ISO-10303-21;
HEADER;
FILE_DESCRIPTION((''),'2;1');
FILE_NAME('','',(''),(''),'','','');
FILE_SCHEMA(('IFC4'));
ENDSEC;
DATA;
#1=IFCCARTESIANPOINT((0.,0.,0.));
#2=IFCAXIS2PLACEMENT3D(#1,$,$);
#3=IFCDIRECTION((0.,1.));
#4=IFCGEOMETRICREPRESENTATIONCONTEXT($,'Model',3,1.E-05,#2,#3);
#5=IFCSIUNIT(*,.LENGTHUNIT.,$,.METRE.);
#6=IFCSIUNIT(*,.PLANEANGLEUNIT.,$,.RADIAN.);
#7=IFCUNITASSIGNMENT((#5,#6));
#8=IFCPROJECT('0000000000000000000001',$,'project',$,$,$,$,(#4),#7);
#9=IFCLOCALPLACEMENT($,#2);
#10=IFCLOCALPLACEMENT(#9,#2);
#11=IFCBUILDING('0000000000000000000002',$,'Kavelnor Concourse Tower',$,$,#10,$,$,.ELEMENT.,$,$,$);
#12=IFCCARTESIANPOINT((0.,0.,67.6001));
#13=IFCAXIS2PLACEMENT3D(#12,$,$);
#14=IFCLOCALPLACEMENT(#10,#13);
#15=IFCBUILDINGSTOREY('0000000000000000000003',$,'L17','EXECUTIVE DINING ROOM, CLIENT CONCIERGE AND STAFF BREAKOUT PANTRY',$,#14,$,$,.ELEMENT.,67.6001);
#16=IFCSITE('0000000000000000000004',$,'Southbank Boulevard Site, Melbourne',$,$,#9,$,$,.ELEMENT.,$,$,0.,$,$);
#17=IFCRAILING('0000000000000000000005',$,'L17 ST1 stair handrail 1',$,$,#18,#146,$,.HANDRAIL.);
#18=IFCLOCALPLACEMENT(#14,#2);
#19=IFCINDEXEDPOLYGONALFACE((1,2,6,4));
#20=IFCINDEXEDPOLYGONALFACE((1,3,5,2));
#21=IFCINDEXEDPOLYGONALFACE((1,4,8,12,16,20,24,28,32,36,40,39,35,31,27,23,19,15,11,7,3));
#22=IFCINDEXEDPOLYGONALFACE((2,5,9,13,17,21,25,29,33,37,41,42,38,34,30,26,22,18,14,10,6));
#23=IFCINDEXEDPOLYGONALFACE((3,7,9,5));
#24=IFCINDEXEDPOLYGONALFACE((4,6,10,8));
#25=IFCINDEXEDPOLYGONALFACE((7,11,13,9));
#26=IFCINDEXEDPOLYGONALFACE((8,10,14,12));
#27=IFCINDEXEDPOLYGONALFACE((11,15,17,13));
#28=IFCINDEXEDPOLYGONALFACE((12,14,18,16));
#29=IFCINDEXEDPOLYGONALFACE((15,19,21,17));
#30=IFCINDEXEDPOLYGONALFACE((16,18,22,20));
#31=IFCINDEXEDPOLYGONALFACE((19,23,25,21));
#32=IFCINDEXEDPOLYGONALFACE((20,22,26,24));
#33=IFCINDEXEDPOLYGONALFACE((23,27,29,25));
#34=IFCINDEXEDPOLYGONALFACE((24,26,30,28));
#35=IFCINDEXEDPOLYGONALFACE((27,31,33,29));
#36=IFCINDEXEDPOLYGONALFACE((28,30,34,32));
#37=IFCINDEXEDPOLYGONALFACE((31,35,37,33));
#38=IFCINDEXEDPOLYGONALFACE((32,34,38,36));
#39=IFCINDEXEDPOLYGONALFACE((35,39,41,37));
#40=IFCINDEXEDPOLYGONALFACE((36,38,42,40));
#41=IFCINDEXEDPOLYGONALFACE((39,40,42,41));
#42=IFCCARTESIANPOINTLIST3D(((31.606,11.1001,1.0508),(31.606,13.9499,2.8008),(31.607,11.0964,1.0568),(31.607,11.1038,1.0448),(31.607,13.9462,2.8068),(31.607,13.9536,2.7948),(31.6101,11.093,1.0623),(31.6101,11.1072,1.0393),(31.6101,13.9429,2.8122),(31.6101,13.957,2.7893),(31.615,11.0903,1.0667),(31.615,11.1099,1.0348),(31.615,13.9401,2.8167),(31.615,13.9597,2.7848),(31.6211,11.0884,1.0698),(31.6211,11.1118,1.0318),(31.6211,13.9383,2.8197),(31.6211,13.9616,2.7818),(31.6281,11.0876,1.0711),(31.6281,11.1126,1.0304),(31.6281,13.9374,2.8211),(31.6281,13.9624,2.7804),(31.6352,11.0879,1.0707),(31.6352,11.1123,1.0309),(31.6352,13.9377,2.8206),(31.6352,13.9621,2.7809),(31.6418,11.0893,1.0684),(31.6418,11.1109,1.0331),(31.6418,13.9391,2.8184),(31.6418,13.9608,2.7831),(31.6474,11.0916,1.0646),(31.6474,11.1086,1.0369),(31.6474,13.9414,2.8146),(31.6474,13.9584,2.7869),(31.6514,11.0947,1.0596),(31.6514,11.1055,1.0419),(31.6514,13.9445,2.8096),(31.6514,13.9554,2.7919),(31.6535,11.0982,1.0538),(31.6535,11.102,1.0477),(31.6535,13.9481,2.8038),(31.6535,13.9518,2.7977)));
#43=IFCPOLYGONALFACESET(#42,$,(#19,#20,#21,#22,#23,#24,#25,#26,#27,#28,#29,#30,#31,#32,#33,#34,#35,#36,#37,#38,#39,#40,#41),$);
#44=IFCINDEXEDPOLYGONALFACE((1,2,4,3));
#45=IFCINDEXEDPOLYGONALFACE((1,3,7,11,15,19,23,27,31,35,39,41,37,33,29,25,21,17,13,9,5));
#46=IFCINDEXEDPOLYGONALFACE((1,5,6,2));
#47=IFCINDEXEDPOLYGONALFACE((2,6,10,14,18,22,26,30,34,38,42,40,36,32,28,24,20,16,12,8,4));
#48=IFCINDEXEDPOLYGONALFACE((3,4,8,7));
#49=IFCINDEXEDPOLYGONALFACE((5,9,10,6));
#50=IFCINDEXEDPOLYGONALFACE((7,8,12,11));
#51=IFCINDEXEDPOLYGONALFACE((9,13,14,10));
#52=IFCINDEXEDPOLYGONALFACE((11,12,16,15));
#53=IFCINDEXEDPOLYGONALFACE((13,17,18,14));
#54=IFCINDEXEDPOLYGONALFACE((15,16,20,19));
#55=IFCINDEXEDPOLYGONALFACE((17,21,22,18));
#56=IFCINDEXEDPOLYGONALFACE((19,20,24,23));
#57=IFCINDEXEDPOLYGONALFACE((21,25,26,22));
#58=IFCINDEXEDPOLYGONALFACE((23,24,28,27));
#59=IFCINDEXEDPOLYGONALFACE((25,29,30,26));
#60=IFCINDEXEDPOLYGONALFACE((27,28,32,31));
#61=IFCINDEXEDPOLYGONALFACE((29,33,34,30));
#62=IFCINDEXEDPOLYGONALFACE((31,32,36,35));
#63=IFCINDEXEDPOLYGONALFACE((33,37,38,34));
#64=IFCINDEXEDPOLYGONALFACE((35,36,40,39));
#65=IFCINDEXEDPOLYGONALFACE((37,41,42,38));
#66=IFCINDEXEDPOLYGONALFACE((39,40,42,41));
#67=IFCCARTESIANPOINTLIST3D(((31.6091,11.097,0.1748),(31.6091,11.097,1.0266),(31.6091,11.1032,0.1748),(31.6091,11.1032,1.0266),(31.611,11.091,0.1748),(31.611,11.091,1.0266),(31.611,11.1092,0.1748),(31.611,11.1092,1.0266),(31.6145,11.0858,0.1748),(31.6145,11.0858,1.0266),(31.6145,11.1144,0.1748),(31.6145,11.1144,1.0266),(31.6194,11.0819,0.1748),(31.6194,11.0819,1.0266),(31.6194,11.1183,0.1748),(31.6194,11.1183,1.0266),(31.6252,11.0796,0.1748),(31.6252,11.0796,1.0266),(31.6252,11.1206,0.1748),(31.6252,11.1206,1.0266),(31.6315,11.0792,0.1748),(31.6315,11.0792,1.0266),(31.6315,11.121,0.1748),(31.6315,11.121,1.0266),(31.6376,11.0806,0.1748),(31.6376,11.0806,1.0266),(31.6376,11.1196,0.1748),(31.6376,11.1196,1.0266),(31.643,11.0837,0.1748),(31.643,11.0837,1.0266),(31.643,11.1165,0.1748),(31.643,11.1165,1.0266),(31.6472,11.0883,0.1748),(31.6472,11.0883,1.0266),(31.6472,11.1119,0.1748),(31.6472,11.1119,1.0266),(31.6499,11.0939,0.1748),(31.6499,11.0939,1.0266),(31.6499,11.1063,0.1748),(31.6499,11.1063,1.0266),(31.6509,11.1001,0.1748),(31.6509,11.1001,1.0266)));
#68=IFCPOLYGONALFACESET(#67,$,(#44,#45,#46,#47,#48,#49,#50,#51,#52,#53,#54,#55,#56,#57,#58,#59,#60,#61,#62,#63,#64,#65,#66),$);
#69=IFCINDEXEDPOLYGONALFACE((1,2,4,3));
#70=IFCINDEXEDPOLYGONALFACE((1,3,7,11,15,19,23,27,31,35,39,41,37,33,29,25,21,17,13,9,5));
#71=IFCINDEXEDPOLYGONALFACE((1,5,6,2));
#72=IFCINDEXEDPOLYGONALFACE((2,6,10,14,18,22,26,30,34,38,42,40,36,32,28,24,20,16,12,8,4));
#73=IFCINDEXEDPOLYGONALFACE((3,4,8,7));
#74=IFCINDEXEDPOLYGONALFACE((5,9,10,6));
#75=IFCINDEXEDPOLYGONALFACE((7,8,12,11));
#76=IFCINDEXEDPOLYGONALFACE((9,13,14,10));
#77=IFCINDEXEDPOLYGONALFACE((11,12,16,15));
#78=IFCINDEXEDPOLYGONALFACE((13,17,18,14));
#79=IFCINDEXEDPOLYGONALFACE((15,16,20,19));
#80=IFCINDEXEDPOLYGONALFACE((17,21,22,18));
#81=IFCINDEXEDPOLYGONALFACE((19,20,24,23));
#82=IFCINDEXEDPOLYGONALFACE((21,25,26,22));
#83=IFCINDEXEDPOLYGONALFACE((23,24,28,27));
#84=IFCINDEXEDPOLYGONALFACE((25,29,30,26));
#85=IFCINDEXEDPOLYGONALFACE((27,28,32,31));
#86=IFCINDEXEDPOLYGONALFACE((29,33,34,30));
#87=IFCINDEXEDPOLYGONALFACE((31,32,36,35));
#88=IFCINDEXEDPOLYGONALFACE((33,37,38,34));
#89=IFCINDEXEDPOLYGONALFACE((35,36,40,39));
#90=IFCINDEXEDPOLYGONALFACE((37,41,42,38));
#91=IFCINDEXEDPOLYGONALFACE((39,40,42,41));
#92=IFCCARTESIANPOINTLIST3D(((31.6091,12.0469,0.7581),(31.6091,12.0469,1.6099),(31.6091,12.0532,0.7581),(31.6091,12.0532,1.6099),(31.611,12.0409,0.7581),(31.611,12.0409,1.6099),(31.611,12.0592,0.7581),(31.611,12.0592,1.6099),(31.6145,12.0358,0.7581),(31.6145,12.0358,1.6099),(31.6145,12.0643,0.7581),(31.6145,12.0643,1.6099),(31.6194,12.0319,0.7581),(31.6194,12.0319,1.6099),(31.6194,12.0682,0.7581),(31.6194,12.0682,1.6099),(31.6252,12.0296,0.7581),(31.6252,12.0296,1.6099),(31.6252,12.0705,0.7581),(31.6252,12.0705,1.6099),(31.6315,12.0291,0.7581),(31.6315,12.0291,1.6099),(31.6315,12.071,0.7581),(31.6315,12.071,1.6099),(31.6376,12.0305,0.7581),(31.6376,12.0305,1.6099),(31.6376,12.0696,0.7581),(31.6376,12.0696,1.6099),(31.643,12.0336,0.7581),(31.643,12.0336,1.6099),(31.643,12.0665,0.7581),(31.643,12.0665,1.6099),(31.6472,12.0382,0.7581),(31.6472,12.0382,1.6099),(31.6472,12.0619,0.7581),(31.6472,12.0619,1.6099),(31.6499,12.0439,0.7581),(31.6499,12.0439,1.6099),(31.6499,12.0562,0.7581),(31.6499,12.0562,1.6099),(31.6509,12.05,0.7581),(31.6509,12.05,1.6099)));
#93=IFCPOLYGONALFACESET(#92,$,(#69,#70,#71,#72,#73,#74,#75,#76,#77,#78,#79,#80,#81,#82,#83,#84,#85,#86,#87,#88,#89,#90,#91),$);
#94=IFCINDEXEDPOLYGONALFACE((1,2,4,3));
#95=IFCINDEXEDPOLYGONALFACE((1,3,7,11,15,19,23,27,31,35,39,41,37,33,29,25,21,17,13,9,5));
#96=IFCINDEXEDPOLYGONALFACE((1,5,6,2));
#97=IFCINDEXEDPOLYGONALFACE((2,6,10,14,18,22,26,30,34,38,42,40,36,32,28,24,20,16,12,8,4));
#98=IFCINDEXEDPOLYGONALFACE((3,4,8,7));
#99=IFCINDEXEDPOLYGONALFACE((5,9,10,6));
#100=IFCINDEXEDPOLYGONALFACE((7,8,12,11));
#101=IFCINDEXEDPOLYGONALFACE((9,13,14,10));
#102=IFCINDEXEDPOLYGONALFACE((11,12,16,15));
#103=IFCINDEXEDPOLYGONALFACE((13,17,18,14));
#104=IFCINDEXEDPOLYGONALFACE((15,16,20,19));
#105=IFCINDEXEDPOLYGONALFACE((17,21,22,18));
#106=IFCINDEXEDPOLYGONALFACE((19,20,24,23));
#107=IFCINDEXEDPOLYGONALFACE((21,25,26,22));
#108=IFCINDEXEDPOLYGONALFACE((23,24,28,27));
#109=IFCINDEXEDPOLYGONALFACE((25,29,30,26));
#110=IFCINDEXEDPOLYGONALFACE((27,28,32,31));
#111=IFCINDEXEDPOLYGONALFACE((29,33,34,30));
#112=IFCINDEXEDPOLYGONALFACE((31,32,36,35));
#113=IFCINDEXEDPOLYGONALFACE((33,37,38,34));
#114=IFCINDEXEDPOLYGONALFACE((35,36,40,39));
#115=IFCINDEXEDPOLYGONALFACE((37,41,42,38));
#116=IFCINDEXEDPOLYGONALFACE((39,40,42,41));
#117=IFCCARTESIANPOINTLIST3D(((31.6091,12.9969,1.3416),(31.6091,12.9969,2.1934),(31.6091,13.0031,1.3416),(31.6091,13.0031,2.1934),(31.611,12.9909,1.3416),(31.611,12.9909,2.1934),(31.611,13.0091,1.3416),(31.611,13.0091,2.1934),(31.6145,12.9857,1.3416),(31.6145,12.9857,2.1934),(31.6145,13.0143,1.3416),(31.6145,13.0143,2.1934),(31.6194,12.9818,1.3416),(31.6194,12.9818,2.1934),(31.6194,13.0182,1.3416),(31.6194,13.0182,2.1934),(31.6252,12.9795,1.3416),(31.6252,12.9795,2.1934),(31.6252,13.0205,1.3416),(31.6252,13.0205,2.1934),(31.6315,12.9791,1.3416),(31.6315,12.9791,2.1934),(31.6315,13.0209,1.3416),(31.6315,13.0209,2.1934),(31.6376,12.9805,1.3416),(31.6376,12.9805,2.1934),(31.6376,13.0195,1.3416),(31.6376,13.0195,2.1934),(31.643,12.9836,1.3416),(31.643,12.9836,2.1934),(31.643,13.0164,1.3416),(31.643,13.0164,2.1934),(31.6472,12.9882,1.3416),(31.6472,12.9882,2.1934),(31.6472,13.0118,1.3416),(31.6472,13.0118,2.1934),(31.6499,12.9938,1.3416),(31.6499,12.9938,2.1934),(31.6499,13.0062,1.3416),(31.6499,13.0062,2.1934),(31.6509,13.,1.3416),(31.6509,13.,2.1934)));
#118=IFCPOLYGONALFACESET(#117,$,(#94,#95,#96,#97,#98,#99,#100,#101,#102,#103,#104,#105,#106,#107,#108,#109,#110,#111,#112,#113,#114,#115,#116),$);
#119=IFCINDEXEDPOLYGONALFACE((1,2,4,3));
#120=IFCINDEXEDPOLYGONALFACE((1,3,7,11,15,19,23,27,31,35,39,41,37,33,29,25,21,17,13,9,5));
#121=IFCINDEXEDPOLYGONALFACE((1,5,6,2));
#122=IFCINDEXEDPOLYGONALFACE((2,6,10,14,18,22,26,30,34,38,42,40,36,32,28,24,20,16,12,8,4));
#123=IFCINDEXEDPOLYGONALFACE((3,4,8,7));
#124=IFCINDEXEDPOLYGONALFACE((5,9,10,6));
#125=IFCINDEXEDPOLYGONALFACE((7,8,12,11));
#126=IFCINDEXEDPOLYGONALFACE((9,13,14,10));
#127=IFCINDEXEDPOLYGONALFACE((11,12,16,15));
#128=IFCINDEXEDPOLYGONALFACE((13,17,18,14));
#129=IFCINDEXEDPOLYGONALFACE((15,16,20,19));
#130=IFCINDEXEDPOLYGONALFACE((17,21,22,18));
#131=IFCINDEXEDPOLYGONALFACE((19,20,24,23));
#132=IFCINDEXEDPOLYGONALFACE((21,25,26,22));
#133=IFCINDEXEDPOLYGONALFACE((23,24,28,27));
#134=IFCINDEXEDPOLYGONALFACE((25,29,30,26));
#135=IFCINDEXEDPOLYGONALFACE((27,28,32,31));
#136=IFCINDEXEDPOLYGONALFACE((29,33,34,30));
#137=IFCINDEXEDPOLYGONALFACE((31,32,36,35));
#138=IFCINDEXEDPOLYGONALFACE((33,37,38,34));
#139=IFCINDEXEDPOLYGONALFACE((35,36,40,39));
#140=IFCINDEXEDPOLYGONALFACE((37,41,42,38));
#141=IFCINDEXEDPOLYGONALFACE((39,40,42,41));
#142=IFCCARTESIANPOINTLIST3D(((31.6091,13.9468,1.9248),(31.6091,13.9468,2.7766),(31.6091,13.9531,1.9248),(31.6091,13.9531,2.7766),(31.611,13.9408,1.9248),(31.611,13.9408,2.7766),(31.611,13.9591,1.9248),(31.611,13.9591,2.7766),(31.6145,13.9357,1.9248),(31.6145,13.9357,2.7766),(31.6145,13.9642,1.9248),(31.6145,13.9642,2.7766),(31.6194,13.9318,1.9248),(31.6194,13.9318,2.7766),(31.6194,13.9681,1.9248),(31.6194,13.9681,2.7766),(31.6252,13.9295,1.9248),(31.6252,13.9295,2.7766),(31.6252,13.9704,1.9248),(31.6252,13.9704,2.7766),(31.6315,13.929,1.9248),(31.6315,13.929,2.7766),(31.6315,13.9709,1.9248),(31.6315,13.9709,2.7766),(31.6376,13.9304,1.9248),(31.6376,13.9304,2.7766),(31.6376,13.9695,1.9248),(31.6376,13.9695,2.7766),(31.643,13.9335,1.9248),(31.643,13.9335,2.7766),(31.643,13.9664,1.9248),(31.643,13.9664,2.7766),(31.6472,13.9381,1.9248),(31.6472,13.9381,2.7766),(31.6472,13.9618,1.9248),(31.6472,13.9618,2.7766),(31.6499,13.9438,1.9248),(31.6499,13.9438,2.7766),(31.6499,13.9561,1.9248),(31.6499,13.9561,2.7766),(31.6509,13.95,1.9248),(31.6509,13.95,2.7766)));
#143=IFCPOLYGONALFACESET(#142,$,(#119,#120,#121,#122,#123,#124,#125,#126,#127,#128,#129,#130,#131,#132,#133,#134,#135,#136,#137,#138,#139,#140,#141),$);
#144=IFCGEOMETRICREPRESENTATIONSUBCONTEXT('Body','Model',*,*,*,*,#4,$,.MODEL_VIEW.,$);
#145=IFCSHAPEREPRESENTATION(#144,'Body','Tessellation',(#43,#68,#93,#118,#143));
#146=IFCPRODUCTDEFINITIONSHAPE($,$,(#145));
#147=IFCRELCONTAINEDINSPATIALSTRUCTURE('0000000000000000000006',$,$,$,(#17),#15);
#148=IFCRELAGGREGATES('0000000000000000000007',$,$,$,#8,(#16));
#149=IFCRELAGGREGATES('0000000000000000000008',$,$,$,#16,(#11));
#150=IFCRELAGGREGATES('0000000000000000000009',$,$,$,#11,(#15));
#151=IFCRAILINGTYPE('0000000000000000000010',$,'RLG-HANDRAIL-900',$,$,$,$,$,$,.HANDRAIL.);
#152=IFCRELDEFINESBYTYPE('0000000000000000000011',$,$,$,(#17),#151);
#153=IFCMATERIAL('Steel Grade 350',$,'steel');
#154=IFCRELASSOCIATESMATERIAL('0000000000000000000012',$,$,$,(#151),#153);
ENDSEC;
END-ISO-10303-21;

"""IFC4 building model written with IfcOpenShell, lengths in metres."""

from ifc_helpers import new_model, si_unit, direction, frame, origin, origin_2d, place, context, subcontext, project, spatial, circle, extrude, material, type_object, element, save


model = new_model("IFC4")

# Units and contexts
model_context = context("Model", 3, precision=1e-05, world=origin(), true_north=direction((0.0, 1.0)))
body_context = subcontext(model_context, "Body", "Model", "MODEL_VIEW")
ifc_project = project(units=[si_unit("LENGTHUNIT", "METRE"), si_unit("PLANEANGLEUNIT", "RADIAN")], contexts=[model_context])

# Site, building, storey
site_placement = place(None, origin())
site = spatial("IfcSite", under=ifc_project, at=site_placement, Name="Southbank Boulevard Site, Melbourne", CompositionType="ELEMENT", RefElevation=0.0)
building_placement = place(site_placement, origin())
building = spatial("IfcBuilding", under=site, at=building_placement, Name="Kavelnor Concourse Tower", CompositionType="ELEMENT")
storey_placement = place(building_placement, frame((0.0, 0.0, 67.6001)))
storey = spatial("IfcBuildingStorey", under=building, at=storey_placement, Name="L17", Description="EXECUTIVE DINING ROOM, CLIENT CONCIERGE AND STAFF BREAKOUT PANTRY", CompositionType="ELEMENT", Elevation=67.6001)

# Shared definitions
ifc_material_1 = material(Name="Steel Grade 350", Category="steel")

# Railing
railing_type_1 = type_object("IfcRailingType", Name="RLG-HANDRAIL-900", PredefinedType="HANDRAIL", material=ifc_material_1)
railing_1_placement = place(storey_placement, frame((31.6299, 11.1001, 0.1748)))
element("IfcRailing", 1, at=railing_1_placement, inside=storey, type_object=railing_type_1, Name="L17 ST1 stair handrail 1", PredefinedType="HANDRAIL", context=body_context, shape_type="SweptSolid", body=[
    extrude(circle(Radius=0.0239, at=origin_2d()), frame((0.0, 0.0, 0.876), z_axis=(0.0, 0.852159, 0.523283), x_axis=(-1.0, 0.0, 0.0)), (0.0, 0.0, 1.0), 3.3442),
    extrude(circle(Radius=0.021, at=origin_2d()), origin(), (0.0, 0.0, 1.0), 0.8518),
    extrude(circle(Radius=0.021, at=origin_2d()), frame((0.0, 0.95, 0.5833)), (0.0, 0.0, 1.0), 0.8518),
    extrude(circle(Radius=0.021, at=origin_2d()), frame((0.0, 1.8999, 1.1667)), (0.0, 0.0, 1.0), 0.8518),
    extrude(circle(Radius=0.021, at=origin_2d()), frame((0.0, 2.8499, 1.75)), (0.0, 0.0, 1.0), 0.8518),
])

save(model, "model.ifc")
